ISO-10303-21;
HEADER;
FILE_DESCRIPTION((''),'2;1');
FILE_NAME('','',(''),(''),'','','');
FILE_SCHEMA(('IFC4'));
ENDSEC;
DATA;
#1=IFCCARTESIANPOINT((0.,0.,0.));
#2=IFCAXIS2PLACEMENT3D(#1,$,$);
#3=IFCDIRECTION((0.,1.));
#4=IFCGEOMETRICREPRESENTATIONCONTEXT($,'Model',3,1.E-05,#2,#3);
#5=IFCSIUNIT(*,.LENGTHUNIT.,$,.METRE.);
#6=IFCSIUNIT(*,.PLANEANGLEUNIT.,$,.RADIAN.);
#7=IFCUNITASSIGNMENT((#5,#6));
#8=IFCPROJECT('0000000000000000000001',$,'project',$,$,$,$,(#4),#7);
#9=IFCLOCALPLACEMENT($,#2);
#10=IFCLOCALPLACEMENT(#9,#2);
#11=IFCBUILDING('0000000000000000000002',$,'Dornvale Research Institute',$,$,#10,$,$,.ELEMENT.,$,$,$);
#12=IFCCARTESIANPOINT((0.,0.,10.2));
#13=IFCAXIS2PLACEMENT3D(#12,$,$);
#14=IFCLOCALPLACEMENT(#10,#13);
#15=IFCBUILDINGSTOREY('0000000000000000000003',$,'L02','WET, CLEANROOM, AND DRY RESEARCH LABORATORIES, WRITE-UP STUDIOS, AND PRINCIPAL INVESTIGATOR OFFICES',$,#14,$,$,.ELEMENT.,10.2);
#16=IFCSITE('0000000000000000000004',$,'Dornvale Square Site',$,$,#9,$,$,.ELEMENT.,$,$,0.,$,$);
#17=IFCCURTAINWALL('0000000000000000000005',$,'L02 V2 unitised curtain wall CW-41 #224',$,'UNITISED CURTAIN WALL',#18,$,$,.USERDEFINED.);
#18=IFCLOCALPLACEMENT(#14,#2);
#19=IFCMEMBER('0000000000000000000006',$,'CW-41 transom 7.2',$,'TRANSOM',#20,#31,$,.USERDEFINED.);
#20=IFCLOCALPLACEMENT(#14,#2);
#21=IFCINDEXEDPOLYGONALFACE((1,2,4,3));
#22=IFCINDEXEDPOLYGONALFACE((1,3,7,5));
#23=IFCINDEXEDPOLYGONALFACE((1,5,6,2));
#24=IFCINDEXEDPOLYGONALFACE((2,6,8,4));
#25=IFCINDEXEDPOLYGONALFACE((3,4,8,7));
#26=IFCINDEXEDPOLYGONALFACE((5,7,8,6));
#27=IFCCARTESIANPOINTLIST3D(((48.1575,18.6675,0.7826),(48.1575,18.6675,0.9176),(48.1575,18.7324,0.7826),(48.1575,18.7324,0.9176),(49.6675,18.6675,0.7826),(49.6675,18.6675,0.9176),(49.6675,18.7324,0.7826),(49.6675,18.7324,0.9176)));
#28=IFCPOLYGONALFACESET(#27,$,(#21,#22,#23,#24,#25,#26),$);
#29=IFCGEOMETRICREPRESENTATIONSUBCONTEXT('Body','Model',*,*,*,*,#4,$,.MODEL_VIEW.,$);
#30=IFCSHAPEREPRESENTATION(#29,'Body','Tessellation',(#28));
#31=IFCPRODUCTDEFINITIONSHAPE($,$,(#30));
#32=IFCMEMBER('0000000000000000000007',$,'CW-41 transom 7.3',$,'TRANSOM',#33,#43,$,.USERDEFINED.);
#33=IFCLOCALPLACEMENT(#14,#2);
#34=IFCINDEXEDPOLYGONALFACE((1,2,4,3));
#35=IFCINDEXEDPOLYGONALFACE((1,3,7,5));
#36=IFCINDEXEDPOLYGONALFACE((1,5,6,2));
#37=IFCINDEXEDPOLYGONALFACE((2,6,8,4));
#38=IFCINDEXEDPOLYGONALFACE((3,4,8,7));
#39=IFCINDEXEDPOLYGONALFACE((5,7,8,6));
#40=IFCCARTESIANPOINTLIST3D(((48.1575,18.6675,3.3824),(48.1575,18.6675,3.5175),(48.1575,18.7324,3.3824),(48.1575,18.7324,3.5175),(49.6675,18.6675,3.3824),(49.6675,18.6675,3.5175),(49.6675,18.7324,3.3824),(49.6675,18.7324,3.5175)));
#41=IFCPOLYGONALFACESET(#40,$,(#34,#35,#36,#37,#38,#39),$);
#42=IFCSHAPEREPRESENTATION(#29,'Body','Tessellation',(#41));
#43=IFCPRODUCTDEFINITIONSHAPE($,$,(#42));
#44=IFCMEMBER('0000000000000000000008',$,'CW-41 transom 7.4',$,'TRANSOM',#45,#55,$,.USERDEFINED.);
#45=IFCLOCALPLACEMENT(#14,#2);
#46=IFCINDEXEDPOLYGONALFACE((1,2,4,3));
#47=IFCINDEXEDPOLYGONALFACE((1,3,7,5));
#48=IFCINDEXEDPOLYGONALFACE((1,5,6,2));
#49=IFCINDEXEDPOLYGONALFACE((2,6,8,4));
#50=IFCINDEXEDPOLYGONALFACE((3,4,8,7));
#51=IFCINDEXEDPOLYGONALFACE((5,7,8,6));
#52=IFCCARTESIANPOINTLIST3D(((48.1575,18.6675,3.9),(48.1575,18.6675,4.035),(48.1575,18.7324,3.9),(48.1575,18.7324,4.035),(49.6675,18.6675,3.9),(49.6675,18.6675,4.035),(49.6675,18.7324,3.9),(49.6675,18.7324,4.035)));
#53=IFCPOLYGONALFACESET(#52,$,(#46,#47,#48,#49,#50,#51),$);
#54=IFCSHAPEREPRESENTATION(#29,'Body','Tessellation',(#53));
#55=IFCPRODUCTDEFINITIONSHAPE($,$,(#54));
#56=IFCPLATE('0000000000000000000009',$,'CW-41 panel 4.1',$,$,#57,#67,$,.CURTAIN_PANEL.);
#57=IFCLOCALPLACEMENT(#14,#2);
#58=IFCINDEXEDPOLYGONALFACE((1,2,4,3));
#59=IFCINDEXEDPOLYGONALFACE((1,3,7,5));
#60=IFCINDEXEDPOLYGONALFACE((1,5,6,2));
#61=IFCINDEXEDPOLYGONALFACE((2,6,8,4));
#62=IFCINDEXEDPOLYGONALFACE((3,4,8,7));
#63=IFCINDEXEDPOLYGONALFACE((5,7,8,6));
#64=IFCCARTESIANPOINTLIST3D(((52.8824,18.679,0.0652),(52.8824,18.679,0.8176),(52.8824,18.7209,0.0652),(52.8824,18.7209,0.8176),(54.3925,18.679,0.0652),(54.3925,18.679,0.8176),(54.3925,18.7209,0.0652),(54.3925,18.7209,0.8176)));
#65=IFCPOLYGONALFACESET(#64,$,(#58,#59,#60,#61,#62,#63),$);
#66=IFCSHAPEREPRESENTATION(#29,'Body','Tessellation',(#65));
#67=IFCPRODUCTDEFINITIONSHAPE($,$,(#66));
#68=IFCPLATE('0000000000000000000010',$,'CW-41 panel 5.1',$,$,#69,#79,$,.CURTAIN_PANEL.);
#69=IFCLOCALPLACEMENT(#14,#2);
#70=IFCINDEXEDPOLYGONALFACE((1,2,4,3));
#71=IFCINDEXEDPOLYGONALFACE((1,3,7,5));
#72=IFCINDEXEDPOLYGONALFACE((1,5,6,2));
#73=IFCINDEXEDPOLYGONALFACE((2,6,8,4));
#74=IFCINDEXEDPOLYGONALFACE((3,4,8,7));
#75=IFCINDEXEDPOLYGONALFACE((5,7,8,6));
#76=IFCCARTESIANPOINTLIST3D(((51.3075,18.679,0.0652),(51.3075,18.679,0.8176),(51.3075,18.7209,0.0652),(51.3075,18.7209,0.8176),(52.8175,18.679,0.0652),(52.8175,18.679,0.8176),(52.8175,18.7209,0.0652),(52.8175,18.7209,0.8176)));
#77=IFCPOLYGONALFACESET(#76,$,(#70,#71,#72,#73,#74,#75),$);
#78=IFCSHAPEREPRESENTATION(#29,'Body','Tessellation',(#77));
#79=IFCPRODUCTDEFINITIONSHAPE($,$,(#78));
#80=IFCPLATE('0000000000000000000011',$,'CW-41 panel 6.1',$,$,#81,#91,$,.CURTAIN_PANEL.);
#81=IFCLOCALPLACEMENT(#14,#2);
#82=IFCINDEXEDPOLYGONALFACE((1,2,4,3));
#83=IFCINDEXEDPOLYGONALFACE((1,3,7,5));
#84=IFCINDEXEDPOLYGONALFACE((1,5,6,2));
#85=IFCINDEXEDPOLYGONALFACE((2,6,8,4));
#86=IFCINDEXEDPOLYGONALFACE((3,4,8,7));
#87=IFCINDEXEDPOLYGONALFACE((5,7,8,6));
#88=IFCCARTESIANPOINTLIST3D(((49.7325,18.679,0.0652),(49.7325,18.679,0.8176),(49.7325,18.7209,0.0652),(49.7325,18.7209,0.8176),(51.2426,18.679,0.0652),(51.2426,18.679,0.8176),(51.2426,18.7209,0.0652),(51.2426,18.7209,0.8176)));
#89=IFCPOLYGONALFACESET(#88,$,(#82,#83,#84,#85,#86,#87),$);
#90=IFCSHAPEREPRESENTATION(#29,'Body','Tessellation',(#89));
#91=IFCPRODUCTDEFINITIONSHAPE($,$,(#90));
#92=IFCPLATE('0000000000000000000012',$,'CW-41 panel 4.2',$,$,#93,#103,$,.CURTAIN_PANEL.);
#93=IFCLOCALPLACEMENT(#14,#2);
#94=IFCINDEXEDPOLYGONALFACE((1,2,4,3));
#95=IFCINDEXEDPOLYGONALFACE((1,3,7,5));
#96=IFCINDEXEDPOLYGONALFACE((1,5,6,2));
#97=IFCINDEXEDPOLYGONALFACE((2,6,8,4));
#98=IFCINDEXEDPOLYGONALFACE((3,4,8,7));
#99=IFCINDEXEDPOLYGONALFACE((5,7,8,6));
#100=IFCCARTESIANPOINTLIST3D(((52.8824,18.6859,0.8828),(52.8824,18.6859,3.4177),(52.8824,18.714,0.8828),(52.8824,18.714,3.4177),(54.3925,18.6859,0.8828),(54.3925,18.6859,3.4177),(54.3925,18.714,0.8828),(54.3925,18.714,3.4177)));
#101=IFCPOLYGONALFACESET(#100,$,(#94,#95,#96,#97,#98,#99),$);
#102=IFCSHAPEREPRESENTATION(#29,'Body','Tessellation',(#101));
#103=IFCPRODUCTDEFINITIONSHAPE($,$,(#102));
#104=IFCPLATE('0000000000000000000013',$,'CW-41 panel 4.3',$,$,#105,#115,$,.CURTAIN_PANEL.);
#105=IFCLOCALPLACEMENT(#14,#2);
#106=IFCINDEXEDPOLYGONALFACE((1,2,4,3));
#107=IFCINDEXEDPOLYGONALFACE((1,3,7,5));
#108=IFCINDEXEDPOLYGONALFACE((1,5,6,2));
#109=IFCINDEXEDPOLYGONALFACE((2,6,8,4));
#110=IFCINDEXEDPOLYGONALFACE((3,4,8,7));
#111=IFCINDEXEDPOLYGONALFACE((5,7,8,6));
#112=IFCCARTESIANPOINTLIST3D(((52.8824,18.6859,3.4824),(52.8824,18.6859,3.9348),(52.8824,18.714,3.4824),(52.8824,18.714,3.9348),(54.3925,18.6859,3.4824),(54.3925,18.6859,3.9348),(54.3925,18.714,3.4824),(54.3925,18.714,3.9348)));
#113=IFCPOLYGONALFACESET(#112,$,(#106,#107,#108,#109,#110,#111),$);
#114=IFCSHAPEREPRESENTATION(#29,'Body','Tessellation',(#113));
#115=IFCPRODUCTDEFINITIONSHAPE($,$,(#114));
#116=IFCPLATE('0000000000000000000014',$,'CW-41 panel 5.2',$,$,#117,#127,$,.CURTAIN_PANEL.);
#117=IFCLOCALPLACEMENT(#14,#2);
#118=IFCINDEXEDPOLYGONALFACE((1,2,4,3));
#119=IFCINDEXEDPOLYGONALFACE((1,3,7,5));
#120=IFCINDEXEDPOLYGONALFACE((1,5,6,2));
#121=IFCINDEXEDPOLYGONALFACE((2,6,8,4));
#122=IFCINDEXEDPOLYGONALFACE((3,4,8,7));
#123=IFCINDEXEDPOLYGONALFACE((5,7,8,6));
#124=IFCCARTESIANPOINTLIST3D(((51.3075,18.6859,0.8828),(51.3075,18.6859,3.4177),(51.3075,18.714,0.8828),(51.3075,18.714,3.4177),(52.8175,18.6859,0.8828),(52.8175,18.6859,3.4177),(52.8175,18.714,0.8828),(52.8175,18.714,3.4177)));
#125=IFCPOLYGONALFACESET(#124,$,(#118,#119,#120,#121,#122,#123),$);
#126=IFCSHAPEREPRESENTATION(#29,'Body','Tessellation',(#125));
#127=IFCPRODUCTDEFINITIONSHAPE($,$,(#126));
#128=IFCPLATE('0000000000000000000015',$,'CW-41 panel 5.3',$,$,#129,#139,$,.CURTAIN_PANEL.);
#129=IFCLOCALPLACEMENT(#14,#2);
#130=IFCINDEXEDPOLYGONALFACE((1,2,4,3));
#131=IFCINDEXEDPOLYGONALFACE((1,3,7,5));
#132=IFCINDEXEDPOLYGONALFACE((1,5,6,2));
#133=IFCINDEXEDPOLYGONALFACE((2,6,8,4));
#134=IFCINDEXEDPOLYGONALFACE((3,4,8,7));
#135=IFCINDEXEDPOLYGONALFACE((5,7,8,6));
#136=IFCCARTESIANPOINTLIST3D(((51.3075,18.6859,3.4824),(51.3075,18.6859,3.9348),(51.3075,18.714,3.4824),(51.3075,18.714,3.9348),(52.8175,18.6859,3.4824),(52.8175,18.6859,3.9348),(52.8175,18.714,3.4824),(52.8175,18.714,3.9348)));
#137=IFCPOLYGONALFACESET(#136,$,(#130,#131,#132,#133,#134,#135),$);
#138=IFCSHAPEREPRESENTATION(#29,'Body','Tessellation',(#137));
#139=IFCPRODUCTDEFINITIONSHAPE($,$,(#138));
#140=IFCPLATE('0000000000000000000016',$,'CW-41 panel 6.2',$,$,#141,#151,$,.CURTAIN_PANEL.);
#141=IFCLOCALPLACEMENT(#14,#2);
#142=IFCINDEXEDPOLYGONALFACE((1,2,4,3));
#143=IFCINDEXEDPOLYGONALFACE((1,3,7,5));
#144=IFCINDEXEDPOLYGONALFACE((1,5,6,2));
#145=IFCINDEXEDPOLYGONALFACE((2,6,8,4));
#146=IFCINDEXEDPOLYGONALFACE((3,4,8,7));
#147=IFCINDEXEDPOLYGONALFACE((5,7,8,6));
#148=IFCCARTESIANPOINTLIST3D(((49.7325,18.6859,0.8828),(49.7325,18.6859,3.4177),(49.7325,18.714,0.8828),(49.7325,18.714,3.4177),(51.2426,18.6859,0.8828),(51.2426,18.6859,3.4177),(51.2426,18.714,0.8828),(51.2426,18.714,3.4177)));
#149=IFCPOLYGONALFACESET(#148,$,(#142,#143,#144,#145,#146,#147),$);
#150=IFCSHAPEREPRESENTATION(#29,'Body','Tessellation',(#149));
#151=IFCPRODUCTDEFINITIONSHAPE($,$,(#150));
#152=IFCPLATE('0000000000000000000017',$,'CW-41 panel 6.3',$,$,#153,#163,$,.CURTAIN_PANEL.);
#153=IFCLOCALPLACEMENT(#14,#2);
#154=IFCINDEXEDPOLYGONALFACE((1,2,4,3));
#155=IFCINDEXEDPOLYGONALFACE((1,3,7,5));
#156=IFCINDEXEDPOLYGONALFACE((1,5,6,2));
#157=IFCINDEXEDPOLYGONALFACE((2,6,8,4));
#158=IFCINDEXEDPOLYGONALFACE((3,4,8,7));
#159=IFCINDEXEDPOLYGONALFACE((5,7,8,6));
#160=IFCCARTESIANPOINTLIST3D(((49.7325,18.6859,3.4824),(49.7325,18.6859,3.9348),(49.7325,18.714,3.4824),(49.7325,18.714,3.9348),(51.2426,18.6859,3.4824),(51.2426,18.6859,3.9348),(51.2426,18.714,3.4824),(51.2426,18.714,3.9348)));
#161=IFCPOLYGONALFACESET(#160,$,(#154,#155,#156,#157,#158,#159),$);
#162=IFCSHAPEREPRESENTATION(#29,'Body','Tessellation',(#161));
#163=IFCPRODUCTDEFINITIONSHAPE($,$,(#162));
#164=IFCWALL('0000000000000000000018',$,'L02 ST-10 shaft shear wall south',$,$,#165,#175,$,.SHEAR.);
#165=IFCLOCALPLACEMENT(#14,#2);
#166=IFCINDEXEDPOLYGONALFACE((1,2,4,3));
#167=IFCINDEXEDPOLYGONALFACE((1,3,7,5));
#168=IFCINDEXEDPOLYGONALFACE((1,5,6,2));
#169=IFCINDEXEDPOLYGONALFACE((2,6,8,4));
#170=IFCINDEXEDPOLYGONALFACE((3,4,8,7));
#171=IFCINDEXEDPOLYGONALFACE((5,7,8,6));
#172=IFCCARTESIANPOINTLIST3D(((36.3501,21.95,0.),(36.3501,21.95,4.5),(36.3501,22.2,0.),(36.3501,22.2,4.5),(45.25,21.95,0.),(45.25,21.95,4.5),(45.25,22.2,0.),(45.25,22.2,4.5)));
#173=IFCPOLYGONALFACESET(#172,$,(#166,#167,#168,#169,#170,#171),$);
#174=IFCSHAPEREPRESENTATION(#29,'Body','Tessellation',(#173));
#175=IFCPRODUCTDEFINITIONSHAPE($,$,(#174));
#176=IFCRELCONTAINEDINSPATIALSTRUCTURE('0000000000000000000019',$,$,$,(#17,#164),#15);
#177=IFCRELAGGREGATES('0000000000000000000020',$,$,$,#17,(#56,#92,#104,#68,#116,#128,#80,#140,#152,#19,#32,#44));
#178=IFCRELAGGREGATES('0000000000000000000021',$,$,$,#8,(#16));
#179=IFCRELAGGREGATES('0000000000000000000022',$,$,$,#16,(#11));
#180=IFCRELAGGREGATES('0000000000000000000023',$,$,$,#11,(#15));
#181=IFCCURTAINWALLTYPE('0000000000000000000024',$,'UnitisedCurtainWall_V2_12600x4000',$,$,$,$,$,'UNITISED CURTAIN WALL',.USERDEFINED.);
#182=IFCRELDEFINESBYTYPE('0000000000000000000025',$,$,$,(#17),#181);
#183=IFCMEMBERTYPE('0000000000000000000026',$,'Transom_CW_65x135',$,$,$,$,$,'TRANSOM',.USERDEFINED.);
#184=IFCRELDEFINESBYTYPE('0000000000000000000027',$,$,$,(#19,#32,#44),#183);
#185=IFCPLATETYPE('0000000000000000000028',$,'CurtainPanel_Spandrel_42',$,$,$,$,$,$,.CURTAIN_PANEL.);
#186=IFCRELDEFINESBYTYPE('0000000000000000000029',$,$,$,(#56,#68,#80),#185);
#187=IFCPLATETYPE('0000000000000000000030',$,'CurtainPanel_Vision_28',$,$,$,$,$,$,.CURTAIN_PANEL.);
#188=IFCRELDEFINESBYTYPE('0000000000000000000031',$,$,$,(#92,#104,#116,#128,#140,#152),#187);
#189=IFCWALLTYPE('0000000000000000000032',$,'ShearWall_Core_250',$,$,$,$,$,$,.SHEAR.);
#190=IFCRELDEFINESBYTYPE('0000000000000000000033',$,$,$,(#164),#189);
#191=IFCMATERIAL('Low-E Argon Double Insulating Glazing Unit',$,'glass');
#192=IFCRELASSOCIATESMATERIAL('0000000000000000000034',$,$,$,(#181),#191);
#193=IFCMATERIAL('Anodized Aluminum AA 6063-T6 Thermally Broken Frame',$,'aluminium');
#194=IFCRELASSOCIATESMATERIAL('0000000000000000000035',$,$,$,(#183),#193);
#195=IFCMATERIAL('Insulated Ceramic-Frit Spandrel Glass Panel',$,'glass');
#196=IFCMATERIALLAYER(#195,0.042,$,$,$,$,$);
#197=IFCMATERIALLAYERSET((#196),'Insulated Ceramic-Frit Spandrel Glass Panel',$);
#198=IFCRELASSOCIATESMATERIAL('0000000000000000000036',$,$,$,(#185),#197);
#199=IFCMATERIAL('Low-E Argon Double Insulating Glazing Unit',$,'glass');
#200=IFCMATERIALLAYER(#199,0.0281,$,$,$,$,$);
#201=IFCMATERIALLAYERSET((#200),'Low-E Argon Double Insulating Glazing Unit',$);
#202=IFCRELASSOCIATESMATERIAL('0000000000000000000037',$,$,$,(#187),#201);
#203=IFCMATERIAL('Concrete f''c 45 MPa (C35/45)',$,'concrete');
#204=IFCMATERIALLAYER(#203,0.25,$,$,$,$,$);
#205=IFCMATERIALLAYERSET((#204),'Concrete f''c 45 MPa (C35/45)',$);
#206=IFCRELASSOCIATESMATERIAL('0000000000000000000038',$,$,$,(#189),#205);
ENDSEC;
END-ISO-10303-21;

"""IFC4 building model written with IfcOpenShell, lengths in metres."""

from ifc_helpers import new_model, si_unit, direction, frame, frame_2d, origin, origin_2d, place, context, subcontext, project, spatial, rectangle, extrude, material, layer, layer_set, material_profile, profile_set, type_object, element, aggregate, save


model = new_model("IFC4")

# Units and contexts
model_context = context("Model", 3, precision=1e-05, world=origin(), true_north=direction((0.0, 1.0)))
body_context = subcontext(model_context, "Body", "Model", "MODEL_VIEW")
ifc_project = project(units=[si_unit("LENGTHUNIT", "METRE"), si_unit("PLANEANGLEUNIT", "RADIAN")], contexts=[model_context])

# Site, building, storey
site_placement = place(None, origin())
site = spatial("IfcSite", under=ifc_project, at=site_placement, Name="Dornvale Square Site", CompositionType="ELEMENT", RefElevation=0.0)
building_placement = place(site_placement, origin())
building = spatial("IfcBuilding", under=site, at=building_placement, Name="Dornvale Research Institute", CompositionType="ELEMENT")
storey_placement = place(building_placement, frame((0.0, 0.0, 10.2)))
storey = spatial("IfcBuildingStorey", under=building, at=storey_placement, Name="L02", Description="WET, CLEANROOM, AND DRY RESEARCH LABORATORIES, WRITE-UP STUDIOS, AND PRINCIPAL INVESTIGATOR OFFICES", CompositionType="ELEMENT", Elevation=10.2)

# Curtain wall, members, plates
ifc_material_1 = material(Name="Low-E Argon Double Insulating Glazing Unit", Category="glass")
curtain_wall_type = type_object("IfcCurtainWallType", Name="UnitisedCurtainWall_V2_12600x4000", ElementType="UNITISED CURTAIN WALL", PredefinedType="USERDEFINED", material=ifc_material_1)
curtain_wall_placement = place(storey_placement, origin())
curtain_wall = element("IfcCurtainWall", 1, at=curtain_wall_placement, inside=storey, type_object=curtain_wall_type, Name="L02 V2 unitised curtain wall CW-41 #224", ObjectType="UNITISED CURTAIN WALL", PredefinedType="USERDEFINED")
ifc_material_2 = material(Name="Anodized Aluminum AA 6063-T6 Thermally Broken Frame", Category="aluminium")
ifc_material_profile_1 = material_profile(ifc_material_2, rectangle(XDim=0.0649, YDim=0.135, at=origin_2d()), Name="ALU TRANSOM 65x135")
ifc_profile_set_1 = profile_set([ifc_material_profile_1], Name="Anodized Aluminum AA 6063-T6 Thermally Broken Frame")
member_type_1 = type_object("IfcMemberType", Name="Transom_CW_65x135", ElementType="TRANSOM", PredefinedType="USERDEFINED", material=ifc_profile_set_1)
member_1_placement = place(storey_placement, frame((49.6675, 18.7, 0.8501), z_axis=(-1.0, 0.0, 0.0), x_axis=(0.0, -1.0, 0.0)))
member_1 = element("IfcMember", 2, at=member_1_placement, type_object=member_type_1, Name="CW-41 transom 7.2", ObjectType="TRANSOM", PredefinedType="USERDEFINED", context=body_context, shape_type="SweptSolid", body=[
    extrude(rectangle(XDim=0.0649, YDim=0.135, at=origin_2d()), origin(), (0.0, 0.0, 1.0), 1.51),
])
member_2_placement = place(storey_placement, frame((49.6675, 18.7, 3.45), z_axis=(-1.0, 0.0, 0.0), x_axis=(0.0, -1.0, 0.0)))
member_2 = element("IfcMember", 3, at=member_2_placement, type_object=member_type_1, Name="CW-41 transom 7.3", ObjectType="TRANSOM", PredefinedType="USERDEFINED", context=body_context, shape_type="SweptSolid", body=[
    extrude(rectangle(XDim=0.0649, YDim=0.135, at=origin_2d()), origin(), (0.0, 0.0, 1.0), 1.51),
])
member_3_placement = place(storey_placement, frame((49.6675, 18.7, 3.9675), z_axis=(-1.0, 0.0, 0.0), x_axis=(0.0, -1.0, 0.0)))
member_3 = element("IfcMember", 4, at=member_3_placement, type_object=member_type_1, Name="CW-41 transom 7.4", ObjectType="TRANSOM", PredefinedType="USERDEFINED", context=body_context, shape_type="SweptSolid", body=[
    extrude(rectangle(XDim=0.0649, YDim=0.135, at=origin_2d()), origin(), (0.0, 0.0, 1.0), 1.51),
])
ifc_material_3 = material(Name="Insulated Ceramic-Frit Spandrel Glass Panel", Category="glass")
ifc_layer_1 = layer(ifc_material_3, 0.042)
ifc_layer_set_1 = layer_set([ifc_layer_1], Name="Insulated Ceramic-Frit Spandrel Glass Panel")
plate_type_1 = type_object("IfcPlateType", Name="CurtainPanel_Spandrel_42", PredefinedType="CURTAIN_PANEL", material=ifc_layer_set_1)
plate_1_placement = place(storey_placement, frame((53.6375, 18.7, 0.0652), z_axis=(0.0, 0.0, 1.0), x_axis=(-1.0, 0.0, 0.0)))
plate_1 = element("IfcPlate", 5, at=plate_1_placement, type_object=plate_type_1, Name="CW-41 panel 4.1", PredefinedType="CURTAIN_PANEL", context=body_context, shape_type="SweptSolid", body=[
    extrude(rectangle(XDim=1.51, YDim=0.042, at=origin_2d()), origin(), (0.0, 0.0, 1.0), 0.7524),
])
plate_2_placement = place(storey_placement, frame((52.0625, 18.7, 0.0652), z_axis=(0.0, 0.0, 1.0), x_axis=(-1.0, 0.0, 0.0)))
plate_2 = element("IfcPlate", 6, at=plate_2_placement, type_object=plate_type_1, Name="CW-41 panel 5.1", PredefinedType="CURTAIN_PANEL", context=body_context, shape_type="SweptSolid", body=[
    extrude(rectangle(XDim=1.51, YDim=0.042, at=origin_2d()), origin(), (0.0, 0.0, 1.0), 0.7524),
])
plate_3_placement = place(storey_placement, frame((50.4875, 18.7, 0.0652), z_axis=(0.0, 0.0, 1.0), x_axis=(-1.0, 0.0, 0.0)))
plate_3 = element("IfcPlate", 7, at=plate_3_placement, type_object=plate_type_1, Name="CW-41 panel 6.1", PredefinedType="CURTAIN_PANEL", context=body_context, shape_type="SweptSolid", body=[
    extrude(rectangle(XDim=1.51, YDim=0.042, at=origin_2d()), origin(), (0.0, 0.0, 1.0), 0.7524),
])
ifc_material_4 = material(Name="Low-E Argon Double Insulating Glazing Unit", Category="glass")
ifc_layer_2 = layer(ifc_material_4, 0.0281)
ifc_layer_set_2 = layer_set([ifc_layer_2], Name="Low-E Argon Double Insulating Glazing Unit")
plate_type_2 = type_object("IfcPlateType", Name="CurtainPanel_Vision_28", PredefinedType="CURTAIN_PANEL", material=ifc_layer_set_2)
plate_4_placement = place(storey_placement, frame((53.6375, 18.7, 0.8828), z_axis=(0.0, 0.0, 1.0), x_axis=(-1.0, 0.0, 0.0)))
plate_4 = element("IfcPlate", 8, at=plate_4_placement, type_object=plate_type_2, Name="CW-41 panel 4.2", PredefinedType="CURTAIN_PANEL", context=body_context, shape_type="SweptSolid", body=[
    extrude(rectangle(XDim=1.51, YDim=0.0281, at=origin_2d()), origin(), (0.0, 0.0, 1.0), 2.5349),
])
plate_5_placement = place(storey_placement, frame((53.6375, 18.7, 3.4824), z_axis=(0.0, 0.0, 1.0), x_axis=(-1.0, 0.0, 0.0)))
plate_5 = element("IfcPlate", 9, at=plate_5_placement, type_object=plate_type_2, Name="CW-41 panel 4.3", PredefinedType="CURTAIN_PANEL", context=body_context, shape_type="SweptSolid", body=[
    extrude(rectangle(XDim=1.51, YDim=0.0281, at=origin_2d()), origin(), (0.0, 0.0, 1.0), 0.4524),
])
plate_6_placement = place(storey_placement, frame((52.0625, 18.7, 0.8828), z_axis=(0.0, 0.0, 1.0), x_axis=(-1.0, 0.0, 0.0)))
plate_6 = element("IfcPlate", 10, at=plate_6_placement, type_object=plate_type_2, Name="CW-41 panel 5.2", PredefinedType="CURTAIN_PANEL", context=body_context, shape_type="SweptSolid", body=[
    extrude(rectangle(XDim=1.51, YDim=0.0281, at=origin_2d()), origin(), (0.0, 0.0, 1.0), 2.5349),
])
plate_7_placement = place(storey_placement, frame((52.0625, 18.7, 3.4824), z_axis=(0.0, 0.0, 1.0), x_axis=(-1.0, 0.0, 0.0)))
plate_7 = element("IfcPlate", 11, at=plate_7_placement, type_object=plate_type_2, Name="CW-41 panel 5.3", PredefinedType="CURTAIN_PANEL", context=body_context, shape_type="SweptSolid", body=[
    extrude(rectangle(XDim=1.51, YDim=0.0281, at=origin_2d()), origin(), (0.0, 0.0, 1.0), 0.4524),
])
plate_8_placement = place(storey_placement, frame((50.4875, 18.7, 0.8828), z_axis=(0.0, 0.0, 1.0), x_axis=(-1.0, 0.0, 0.0)))
plate_8 = element("IfcPlate", 12, at=plate_8_placement, type_object=plate_type_2, Name="CW-41 panel 6.2", PredefinedType="CURTAIN_PANEL", context=body_context, shape_type="SweptSolid", body=[
    extrude(rectangle(XDim=1.51, YDim=0.0281, at=origin_2d()), origin(), (0.0, 0.0, 1.0), 2.5349),
])
plate_9_placement = place(storey_placement, frame((50.4875, 18.7, 3.4824), z_axis=(0.0, 0.0, 1.0), x_axis=(-1.0, 0.0, 0.0)))
plate_9 = element("IfcPlate", 13, at=plate_9_placement, type_object=plate_type_2, Name="CW-41 panel 6.3", PredefinedType="CURTAIN_PANEL", context=body_context, shape_type="SweptSolid", body=[
    extrude(rectangle(XDim=1.51, YDim=0.0281, at=origin_2d()), origin(), (0.0, 0.0, 1.0), 0.4524),
])
aggregate(curtain_wall, [plate_1, plate_4, plate_5, plate_2, plate_6, plate_7, plate_3, plate_8, plate_9, member_1, member_2, member_3])

# Wall
ifc_material_5 = material(Name="Concrete f'c 45 MPa (C35/45)", Category="concrete")
ifc_layer_3 = layer(ifc_material_5, 0.25)
ifc_layer_set_3 = layer_set([ifc_layer_3], Name="Concrete f'c 45 MPa (C35/45)")
wall_type = type_object("IfcWallType", Name="ShearWall_Core_250", PredefinedType="SHEAR", material=ifc_layer_set_3)
wall_placement = place(storey_placement, frame((36.3501, 22.075, 0.0), z_axis=(0.0, 0.0, 1.0), x_axis=(1.0, 0.0, 0.0)))
element("IfcWall", 14, at=wall_placement, inside=storey, type_object=wall_type, Name="L02 ST-10 shaft shear wall south", PredefinedType="SHEAR", context=body_context, shape_type="SweptSolid", body=[
    extrude(rectangle(XDim=8.8999, YDim=0.25, at=frame_2d((4.45, 0.0))), origin(), (0.0, 0.0, 1.0), 4.5),
])

save(model, "model.ifc")
